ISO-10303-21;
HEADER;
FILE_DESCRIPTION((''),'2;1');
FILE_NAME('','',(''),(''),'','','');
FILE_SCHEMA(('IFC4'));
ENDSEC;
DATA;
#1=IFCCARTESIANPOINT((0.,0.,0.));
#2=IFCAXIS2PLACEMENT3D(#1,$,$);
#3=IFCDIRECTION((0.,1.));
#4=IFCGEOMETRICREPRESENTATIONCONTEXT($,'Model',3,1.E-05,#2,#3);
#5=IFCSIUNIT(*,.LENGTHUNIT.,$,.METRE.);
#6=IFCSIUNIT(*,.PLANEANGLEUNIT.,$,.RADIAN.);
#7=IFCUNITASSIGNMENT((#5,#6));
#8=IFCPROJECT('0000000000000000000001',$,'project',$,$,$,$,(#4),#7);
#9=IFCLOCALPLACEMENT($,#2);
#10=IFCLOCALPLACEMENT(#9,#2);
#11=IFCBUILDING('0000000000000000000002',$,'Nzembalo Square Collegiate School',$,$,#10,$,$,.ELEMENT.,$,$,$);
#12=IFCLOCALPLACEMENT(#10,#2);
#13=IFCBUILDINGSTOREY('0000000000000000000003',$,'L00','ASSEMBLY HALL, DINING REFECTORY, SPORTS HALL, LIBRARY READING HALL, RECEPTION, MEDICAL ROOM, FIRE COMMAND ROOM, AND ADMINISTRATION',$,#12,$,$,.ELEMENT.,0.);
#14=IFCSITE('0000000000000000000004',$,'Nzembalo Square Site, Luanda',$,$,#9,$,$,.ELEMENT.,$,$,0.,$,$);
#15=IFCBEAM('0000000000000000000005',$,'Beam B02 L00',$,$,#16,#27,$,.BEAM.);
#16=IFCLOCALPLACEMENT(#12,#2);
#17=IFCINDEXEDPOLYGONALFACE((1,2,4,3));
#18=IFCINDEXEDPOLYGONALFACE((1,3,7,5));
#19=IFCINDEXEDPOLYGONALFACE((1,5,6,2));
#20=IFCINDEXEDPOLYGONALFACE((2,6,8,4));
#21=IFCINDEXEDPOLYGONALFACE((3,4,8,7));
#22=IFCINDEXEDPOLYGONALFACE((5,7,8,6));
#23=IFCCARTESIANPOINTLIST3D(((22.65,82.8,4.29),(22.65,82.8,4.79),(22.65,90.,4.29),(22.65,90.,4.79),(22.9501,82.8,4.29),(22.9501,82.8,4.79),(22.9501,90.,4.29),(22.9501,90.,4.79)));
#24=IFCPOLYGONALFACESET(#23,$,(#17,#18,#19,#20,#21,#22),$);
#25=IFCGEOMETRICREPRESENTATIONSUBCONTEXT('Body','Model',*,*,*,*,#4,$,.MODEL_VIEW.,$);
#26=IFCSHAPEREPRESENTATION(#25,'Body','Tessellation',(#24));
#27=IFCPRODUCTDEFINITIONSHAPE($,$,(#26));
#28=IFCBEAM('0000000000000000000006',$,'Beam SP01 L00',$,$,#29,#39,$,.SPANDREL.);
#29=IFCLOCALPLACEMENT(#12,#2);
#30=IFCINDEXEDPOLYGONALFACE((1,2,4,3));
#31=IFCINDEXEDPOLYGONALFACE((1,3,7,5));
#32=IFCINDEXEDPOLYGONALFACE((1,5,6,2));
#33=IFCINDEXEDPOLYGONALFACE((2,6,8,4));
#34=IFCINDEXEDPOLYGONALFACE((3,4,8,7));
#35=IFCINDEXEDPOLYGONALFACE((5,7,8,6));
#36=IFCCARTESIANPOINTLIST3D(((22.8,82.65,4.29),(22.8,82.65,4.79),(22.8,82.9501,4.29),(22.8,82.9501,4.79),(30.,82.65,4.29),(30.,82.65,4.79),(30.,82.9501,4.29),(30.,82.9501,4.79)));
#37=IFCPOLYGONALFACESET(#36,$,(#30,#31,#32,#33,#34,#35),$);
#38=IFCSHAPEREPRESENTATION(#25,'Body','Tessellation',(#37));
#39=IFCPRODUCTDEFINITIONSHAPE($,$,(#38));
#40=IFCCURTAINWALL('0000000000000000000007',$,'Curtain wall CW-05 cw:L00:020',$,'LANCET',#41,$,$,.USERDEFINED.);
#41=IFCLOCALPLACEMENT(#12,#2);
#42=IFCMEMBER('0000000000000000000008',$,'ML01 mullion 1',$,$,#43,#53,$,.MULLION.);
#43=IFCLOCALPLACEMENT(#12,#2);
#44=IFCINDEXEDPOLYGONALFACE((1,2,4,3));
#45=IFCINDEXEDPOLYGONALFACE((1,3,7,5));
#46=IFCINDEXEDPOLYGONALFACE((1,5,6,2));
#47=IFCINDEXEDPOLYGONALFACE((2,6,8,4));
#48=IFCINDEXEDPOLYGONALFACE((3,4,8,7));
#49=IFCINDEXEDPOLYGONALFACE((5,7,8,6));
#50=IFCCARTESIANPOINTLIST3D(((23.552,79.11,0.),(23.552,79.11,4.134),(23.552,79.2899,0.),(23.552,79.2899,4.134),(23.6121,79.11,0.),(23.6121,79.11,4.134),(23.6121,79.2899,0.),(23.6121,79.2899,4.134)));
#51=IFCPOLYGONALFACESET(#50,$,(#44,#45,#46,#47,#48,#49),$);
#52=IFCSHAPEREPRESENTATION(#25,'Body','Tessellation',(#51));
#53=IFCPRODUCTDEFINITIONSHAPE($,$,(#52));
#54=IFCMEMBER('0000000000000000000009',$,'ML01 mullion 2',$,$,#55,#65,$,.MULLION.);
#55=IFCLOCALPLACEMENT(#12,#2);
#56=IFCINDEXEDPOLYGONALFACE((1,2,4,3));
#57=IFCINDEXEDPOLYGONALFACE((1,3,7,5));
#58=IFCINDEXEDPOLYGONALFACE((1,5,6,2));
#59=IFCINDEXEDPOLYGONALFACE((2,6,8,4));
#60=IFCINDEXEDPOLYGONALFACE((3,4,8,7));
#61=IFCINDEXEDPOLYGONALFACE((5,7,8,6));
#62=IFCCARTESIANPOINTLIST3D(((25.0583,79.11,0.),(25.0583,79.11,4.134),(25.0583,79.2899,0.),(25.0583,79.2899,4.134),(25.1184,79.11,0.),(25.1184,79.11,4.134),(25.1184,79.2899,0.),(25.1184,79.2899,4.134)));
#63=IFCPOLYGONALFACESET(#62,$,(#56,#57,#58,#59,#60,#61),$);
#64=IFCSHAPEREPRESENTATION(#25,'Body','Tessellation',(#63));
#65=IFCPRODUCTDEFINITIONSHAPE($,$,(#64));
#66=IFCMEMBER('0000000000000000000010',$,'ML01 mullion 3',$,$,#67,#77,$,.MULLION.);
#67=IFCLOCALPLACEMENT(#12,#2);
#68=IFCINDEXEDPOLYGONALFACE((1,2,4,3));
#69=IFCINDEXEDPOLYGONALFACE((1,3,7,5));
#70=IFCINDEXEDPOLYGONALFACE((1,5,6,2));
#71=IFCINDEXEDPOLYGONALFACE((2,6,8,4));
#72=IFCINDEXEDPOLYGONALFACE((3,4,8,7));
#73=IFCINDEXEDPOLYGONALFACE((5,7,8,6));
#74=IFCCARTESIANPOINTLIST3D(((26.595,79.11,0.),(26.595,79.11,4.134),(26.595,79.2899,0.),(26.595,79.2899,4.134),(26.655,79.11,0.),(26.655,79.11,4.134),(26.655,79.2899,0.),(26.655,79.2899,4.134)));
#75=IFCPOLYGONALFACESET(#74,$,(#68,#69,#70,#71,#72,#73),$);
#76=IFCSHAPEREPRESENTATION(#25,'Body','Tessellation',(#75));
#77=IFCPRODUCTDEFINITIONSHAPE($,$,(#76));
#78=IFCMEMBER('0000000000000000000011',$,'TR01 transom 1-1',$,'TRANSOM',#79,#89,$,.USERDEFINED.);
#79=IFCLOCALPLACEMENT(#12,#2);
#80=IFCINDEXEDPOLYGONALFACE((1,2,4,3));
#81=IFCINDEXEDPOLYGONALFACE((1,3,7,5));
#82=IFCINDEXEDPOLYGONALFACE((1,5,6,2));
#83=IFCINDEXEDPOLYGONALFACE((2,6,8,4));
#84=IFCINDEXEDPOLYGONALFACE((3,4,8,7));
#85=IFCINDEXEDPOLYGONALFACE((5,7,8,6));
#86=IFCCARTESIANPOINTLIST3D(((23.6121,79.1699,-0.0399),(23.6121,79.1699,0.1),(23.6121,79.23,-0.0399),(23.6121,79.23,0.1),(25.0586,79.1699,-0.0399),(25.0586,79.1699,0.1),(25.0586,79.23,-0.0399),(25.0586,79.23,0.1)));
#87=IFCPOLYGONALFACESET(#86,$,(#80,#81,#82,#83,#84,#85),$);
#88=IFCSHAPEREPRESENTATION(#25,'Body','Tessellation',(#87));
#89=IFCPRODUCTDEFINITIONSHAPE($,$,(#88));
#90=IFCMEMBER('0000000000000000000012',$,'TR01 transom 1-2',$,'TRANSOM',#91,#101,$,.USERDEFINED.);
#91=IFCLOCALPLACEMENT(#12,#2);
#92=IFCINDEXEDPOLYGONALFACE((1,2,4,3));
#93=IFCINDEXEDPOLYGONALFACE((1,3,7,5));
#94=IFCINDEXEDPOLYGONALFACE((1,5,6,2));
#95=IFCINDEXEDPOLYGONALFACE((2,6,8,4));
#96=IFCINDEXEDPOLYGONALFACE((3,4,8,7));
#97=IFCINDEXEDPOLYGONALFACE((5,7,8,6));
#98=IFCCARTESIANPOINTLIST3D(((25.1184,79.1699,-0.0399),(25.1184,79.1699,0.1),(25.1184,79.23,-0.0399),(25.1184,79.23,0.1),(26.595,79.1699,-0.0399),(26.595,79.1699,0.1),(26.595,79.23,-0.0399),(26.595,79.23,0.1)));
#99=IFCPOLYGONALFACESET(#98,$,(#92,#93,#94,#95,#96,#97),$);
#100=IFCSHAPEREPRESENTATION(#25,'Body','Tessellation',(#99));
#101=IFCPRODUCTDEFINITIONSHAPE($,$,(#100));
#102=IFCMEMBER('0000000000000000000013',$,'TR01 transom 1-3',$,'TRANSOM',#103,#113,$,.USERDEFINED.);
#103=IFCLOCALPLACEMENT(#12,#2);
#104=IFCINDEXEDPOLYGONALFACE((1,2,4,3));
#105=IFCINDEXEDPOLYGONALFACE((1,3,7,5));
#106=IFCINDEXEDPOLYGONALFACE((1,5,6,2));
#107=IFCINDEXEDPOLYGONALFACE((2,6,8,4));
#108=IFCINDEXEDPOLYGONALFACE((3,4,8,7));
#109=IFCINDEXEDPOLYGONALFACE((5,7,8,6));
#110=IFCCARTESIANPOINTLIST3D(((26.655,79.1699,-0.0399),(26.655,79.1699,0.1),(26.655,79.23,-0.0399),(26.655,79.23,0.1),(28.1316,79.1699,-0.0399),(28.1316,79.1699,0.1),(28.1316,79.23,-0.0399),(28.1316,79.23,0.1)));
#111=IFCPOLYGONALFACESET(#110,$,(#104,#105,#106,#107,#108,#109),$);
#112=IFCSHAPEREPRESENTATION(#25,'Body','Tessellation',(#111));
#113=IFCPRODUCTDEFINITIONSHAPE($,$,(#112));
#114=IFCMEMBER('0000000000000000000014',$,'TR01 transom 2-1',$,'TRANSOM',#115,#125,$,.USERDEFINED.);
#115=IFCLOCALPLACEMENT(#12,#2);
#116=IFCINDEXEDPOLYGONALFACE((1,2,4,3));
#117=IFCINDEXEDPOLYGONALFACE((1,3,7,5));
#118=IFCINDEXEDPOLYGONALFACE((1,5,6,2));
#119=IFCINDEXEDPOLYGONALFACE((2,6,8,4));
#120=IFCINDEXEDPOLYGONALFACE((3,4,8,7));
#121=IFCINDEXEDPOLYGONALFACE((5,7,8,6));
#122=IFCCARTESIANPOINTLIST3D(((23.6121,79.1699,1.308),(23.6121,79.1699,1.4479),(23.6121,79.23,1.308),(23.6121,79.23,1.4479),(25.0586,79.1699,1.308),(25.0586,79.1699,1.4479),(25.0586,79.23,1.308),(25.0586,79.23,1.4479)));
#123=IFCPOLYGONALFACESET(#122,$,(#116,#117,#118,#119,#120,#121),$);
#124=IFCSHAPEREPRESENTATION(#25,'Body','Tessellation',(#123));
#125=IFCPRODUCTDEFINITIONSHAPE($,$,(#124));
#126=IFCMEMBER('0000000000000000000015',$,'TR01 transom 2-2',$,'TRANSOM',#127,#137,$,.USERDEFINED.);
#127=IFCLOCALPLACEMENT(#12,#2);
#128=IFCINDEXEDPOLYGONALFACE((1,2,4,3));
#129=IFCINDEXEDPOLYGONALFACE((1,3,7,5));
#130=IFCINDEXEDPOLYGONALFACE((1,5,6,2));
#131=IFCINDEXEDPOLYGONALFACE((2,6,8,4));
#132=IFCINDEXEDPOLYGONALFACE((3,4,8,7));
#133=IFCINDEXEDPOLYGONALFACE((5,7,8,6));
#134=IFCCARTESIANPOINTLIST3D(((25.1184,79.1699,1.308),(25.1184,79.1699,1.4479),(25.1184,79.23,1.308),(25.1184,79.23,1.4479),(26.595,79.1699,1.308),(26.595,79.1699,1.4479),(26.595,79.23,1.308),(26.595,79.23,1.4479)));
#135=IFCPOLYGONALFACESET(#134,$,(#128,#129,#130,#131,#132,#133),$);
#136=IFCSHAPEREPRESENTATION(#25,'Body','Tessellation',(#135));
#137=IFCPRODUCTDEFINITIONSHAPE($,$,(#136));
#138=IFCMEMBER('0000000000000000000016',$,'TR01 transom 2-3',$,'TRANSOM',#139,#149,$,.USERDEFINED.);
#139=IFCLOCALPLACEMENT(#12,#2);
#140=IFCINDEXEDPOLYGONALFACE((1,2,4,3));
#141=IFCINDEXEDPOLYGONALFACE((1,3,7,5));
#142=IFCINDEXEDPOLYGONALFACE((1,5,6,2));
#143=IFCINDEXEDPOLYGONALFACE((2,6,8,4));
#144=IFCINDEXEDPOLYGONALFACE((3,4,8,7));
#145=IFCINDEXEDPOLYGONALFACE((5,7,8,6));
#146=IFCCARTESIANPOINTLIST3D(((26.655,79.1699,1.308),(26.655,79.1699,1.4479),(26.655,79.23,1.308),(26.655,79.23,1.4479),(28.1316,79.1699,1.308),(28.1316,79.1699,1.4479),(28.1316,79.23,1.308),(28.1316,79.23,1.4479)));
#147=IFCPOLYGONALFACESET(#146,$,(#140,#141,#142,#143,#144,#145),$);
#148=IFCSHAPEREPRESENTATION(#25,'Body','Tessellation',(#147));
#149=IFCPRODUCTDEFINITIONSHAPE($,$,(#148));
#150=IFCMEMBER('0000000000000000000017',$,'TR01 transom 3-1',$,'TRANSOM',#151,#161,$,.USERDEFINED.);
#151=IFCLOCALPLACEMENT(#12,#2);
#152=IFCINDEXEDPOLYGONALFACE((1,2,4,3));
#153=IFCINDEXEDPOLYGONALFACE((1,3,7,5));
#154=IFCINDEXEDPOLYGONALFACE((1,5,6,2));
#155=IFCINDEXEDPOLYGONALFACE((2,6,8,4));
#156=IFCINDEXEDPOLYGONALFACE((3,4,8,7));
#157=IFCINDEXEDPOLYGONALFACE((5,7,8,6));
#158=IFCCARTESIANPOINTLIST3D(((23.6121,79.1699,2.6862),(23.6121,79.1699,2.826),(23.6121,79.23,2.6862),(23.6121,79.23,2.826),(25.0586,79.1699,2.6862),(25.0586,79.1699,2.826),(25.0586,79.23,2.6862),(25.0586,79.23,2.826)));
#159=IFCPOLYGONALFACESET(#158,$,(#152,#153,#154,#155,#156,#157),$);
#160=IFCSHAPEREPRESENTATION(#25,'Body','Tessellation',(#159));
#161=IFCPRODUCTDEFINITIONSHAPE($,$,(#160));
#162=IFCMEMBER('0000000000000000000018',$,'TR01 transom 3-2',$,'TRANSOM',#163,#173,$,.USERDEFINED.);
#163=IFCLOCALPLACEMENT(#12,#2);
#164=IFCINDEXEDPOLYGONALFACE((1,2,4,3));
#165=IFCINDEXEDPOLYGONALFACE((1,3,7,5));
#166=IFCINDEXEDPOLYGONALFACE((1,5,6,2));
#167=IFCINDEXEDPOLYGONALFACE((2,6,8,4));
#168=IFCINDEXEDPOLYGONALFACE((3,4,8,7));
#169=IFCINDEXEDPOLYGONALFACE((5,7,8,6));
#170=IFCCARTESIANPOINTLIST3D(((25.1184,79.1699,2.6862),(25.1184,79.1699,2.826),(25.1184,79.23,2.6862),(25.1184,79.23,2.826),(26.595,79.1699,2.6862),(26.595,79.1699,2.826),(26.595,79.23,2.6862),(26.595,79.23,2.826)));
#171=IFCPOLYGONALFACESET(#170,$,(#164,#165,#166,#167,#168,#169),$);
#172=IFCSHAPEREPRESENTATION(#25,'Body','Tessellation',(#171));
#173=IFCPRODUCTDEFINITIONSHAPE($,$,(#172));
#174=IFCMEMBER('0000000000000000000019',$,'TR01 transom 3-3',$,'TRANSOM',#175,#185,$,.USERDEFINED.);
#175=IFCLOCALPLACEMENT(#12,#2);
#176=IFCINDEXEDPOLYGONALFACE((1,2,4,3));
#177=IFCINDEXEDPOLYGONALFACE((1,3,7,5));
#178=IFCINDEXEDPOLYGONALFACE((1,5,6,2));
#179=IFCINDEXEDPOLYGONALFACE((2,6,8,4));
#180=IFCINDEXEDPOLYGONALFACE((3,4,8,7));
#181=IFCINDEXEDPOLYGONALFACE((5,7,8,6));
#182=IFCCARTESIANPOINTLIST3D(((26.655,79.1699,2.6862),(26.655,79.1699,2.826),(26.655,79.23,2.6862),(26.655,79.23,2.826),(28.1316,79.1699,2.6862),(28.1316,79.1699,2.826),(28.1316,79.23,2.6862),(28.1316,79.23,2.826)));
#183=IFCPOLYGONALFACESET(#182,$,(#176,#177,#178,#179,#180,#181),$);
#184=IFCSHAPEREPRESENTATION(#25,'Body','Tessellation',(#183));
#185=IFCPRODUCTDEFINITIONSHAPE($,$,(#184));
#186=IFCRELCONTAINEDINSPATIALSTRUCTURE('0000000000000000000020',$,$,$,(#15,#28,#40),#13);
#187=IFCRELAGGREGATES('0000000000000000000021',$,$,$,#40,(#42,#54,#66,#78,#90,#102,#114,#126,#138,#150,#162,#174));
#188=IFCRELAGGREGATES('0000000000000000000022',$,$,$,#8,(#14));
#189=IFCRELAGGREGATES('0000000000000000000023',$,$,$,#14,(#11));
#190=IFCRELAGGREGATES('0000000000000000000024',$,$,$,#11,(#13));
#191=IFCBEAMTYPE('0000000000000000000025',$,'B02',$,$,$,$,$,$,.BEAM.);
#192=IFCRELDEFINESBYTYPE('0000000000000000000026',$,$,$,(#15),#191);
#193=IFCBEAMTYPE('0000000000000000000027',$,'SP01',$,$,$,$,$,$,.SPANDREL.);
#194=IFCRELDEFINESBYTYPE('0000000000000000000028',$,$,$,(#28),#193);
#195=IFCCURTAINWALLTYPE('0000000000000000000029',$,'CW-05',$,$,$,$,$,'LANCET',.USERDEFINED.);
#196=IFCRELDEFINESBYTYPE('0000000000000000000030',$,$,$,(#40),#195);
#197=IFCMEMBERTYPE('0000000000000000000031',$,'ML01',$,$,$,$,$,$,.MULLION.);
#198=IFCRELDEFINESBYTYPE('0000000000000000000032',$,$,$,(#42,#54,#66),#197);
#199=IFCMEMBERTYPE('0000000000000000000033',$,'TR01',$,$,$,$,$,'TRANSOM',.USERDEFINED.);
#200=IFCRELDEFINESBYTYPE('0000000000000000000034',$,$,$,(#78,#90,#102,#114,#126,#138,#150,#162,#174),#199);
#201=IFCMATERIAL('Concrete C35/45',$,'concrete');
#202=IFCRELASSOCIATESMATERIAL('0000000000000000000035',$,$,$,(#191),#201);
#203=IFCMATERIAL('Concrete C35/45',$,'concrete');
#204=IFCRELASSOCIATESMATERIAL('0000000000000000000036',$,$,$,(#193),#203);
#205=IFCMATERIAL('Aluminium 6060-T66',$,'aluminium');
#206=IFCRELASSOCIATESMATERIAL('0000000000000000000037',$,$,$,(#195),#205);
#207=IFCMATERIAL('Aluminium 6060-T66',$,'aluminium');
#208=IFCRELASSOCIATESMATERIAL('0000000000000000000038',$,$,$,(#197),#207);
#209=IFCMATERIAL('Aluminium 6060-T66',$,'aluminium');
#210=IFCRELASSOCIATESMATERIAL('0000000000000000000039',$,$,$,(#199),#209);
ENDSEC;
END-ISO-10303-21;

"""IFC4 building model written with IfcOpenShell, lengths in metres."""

from ifc_helpers import new_model, si_unit, direction, frame, origin, origin_2d, place, context, subcontext, project, spatial, rectangle, extrude, material, material_profile, profile_set, type_object, element, aggregate, save


model = new_model("IFC4")

# Units and contexts
model_context = context("Model", 3, precision=1e-05, world=origin(), true_north=direction((0.0, 1.0)))
body_context = subcontext(model_context, "Body", "Model", "MODEL_VIEW")
ifc_project = project(units=[si_unit("LENGTHUNIT", "METRE"), si_unit("PLANEANGLEUNIT", "RADIAN")], contexts=[model_context])

# Site, building, storey
site_placement = place(None, origin())
site = spatial("IfcSite", under=ifc_project, at=site_placement, Name="Nzembalo Square Site, Luanda", CompositionType="ELEMENT", RefElevation=0.0)
building_placement = place(site_placement, origin())
building = spatial("IfcBuilding", under=site, at=building_placement, Name="Nzembalo Square Collegiate School", CompositionType="ELEMENT")
storey_placement = place(building_placement, origin())
storey = spatial("IfcBuildingStorey", under=building, at=storey_placement, Name="L00", Description="ASSEMBLY HALL, DINING REFECTORY, SPORTS HALL, LIBRARY READING HALL, RECEPTION, MEDICAL ROOM, FIRE COMMAND ROOM, AND ADMINISTRATION", CompositionType="ELEMENT", Elevation=0.0)

# Beams
ifc_material_1 = material(Name="Concrete C35/45", Category="concrete")
ifc_material_profile_1 = material_profile(ifc_material_1, rectangle(XDim=0.3, YDim=0.5, at=origin_2d()), Name="RC 300x500")
ifc_profile_set_1 = profile_set([ifc_material_profile_1], Name="Concrete C35/45")
beam_type_1 = type_object("IfcBeamType", Name="B02", PredefinedType="BEAM", material=ifc_profile_set_1)
beam_1_placement = place(storey_placement, frame((22.8, 82.8, 4.54), z_axis=(0.0, 1.0, 0.0), x_axis=(-1.0, 0.0, 0.0)))
element("IfcBeam", 1, at=beam_1_placement, inside=storey, type_object=beam_type_1, Name="Beam B02 L00", PredefinedType="BEAM", context=body_context, shape_type="SweptSolid", body=[
    extrude(rectangle(XDim=0.3, YDim=0.5, at=origin_2d()), origin(), (0.0, 0.0, 1.0), 7.2),
])
ifc_material_2 = material(Name="Concrete C35/45", Category="concrete")
ifc_material_profile_2 = material_profile(ifc_material_2, rectangle(XDim=0.3, YDim=0.5, at=origin_2d()), Name="RC 300x500")
ifc_profile_set_2 = profile_set([ifc_material_profile_2], Name="Concrete C35/45")
beam_type_2 = type_object("IfcBeamType", Name="SP01", PredefinedType="SPANDREL", material=ifc_profile_set_2)
beam_2_placement = place(storey_placement, frame((22.8, 82.8, 4.54), z_axis=(1.0, 0.0, 0.0), x_axis=(0.0, 1.0, 0.0)))
element("IfcBeam", 2, at=beam_2_placement, inside=storey, type_object=beam_type_2, Name="Beam SP01 L00", PredefinedType="SPANDREL", context=body_context, shape_type="SweptSolid", body=[
    extrude(rectangle(XDim=0.3, YDim=0.5, at=origin_2d()), origin(), (0.0, 0.0, 1.0), 7.2),
])

# Curtain wall, members
ifc_material_3 = material(Name="Aluminium 6060-T66", Category="aluminium")
curtain_wall_type = type_object("IfcCurtainWallType", Name="CW-05", ElementType="LANCET", PredefinedType="USERDEFINED", material=ifc_material_3)
curtain_wall_placement = place(storey_placement, origin())
curtain_wall = element("IfcCurtainWall", 3, at=curtain_wall_placement, inside=storey, type_object=curtain_wall_type, Name="Curtain wall CW-05 cw:L00:020", ObjectType="LANCET", PredefinedType="USERDEFINED")
ifc_material_4 = material(Name="Aluminium 6060-T66", Category="aluminium")
ifc_material_profile_3 = material_profile(ifc_material_4, rectangle(XDim=0.0601, YDim=0.1799, at=origin_2d()), Name="ALU M60x180")
ifc_profile_set_3 = profile_set([ifc_material_profile_3], Name="Aluminium 6060-T66")
member_type_1 = type_object("IfcMemberType", Name="ML01", PredefinedType="MULLION", material=ifc_profile_set_3)
member_1_placement = place(storey_placement, frame((23.582, 79.2, 0.0), z_axis=(0.0, 0.0, 1.0), x_axis=(1.0, 0.0, 0.0)))
member_1 = element("IfcMember", 4, at=member_1_placement, type_object=member_type_1, Name="ML01 mullion 1", PredefinedType="MULLION", context=body_context, shape_type="SweptSolid", body=[
    extrude(rectangle(XDim=0.0601, YDim=0.1799, at=origin_2d()), origin(), (0.0, 0.0, 1.0), 4.134),
])
member_2_placement = place(storey_placement, frame((25.0884, 79.2, 0.0), z_axis=(0.0, 0.0, 1.0), x_axis=(1.0, 0.0, 0.0)))
member_2 = element("IfcMember", 5, at=member_2_placement, type_object=member_type_1, Name="ML01 mullion 2", PredefinedType="MULLION", context=body_context, shape_type="SweptSolid", body=[
    extrude(rectangle(XDim=0.0601, YDim=0.1799, at=origin_2d()), origin(), (0.0, 0.0, 1.0), 4.134),
])
member_3_placement = place(storey_placement, frame((26.625, 79.2, 0.0), z_axis=(0.0, 0.0, 1.0), x_axis=(1.0, 0.0, 0.0)))
member_3 = element("IfcMember", 6, at=member_3_placement, type_object=member_type_1, Name="ML01 mullion 3", PredefinedType="MULLION", context=body_context, shape_type="SweptSolid", body=[
    extrude(rectangle(XDim=0.0601, YDim=0.1799, at=origin_2d()), origin(), (0.0, 0.0, 1.0), 4.134),
])
ifc_material_5 = material(Name="Aluminium 6060-T66", Category="aluminium")
ifc_material_profile_4 = material_profile(ifc_material_5, rectangle(XDim=0.0601, YDim=0.1399, at=origin_2d()), Name="ALU T60x140")
ifc_profile_set_4 = profile_set([ifc_material_profile_4], Name="Aluminium 6060-T66")
member_type_2 = type_object("IfcMemberType", Name="TR01", ElementType="TRANSOM", PredefinedType="USERDEFINED", material=ifc_profile_set_4)
member_4_placement = place(storey_placement, frame((23.6121, 79.2, 0.03), z_axis=(1.0, 0.0, 0.0), x_axis=(0.0, 1.0, 0.0)))
member_4 = element("IfcMember", 7, at=member_4_placement, type_object=member_type_2, Name="TR01 transom 1-1", ObjectType="TRANSOM", PredefinedType="USERDEFINED", context=body_context, shape_type="SweptSolid", body=[
    extrude(rectangle(XDim=0.0601, YDim=0.1399, at=origin_2d()), origin(), (0.0, 0.0, 1.0), 1.4465),
])
member_5_placement = place(storey_placement, frame((25.1184, 79.2, 0.03), z_axis=(1.0, 0.0, 0.0), x_axis=(0.0, 1.0, 0.0)))
member_5 = element("IfcMember", 8, at=member_5_placement, type_object=member_type_2, Name="TR01 transom 1-2", ObjectType="TRANSOM", PredefinedType="USERDEFINED", context=body_context, shape_type="SweptSolid", body=[
    extrude(rectangle(XDim=0.0601, YDim=0.1399, at=origin_2d()), origin(), (0.0, 0.0, 1.0), 1.4766),
])
member_6_placement = place(storey_placement, frame((26.655, 79.2, 0.03), z_axis=(1.0, 0.0, 0.0), x_axis=(0.0, 1.0, 0.0)))
member_6 = element("IfcMember", 9, at=member_6_placement, type_object=member_type_2, Name="TR01 transom 1-3", ObjectType="TRANSOM", PredefinedType="USERDEFINED", context=body_context, shape_type="SweptSolid", body=[
    extrude(rectangle(XDim=0.0601, YDim=0.1399, at=origin_2d()), origin(), (0.0, 0.0, 1.0), 1.4766),
])
member_7_placement = place(storey_placement, frame((23.6121, 79.2, 1.3779), z_axis=(1.0, 0.0, 0.0), x_axis=(0.0, 1.0, 0.0)))
member_7 = element("IfcMember", 10, at=member_7_placement, type_object=member_type_2, Name="TR01 transom 2-1", ObjectType="TRANSOM", PredefinedType="USERDEFINED", context=body_context, shape_type="SweptSolid", body=[
    extrude(rectangle(XDim=0.0601, YDim=0.1399, at=origin_2d()), origin(), (0.0, 0.0, 1.0), 1.4465),
])
member_8_placement = place(storey_placement, frame((25.1184, 79.2, 1.3779), z_axis=(1.0, 0.0, 0.0), x_axis=(0.0, 1.0, 0.0)))
member_8 = element("IfcMember", 11, at=member_8_placement, type_object=member_type_2, Name="TR01 transom 2-2", ObjectType="TRANSOM", PredefinedType="USERDEFINED", context=body_context, shape_type="SweptSolid", body=[
    extrude(rectangle(XDim=0.0601, YDim=0.1399, at=origin_2d()), origin(), (0.0, 0.0, 1.0), 1.4766),
])
member_9_placement = place(storey_placement, frame((26.655, 79.2, 1.3779), z_axis=(1.0, 0.0, 0.0), x_axis=(0.0, 1.0, 0.0)))
member_9 = element("IfcMember", 12, at=member_9_placement, type_object=member_type_2, Name="TR01 transom 2-3", ObjectType="TRANSOM", PredefinedType="USERDEFINED", context=body_context, shape_type="SweptSolid", body=[
    extrude(rectangle(XDim=0.0601, YDim=0.1399, at=origin_2d()), origin(), (0.0, 0.0, 1.0), 1.4766),
])
member_10_placement = place(storey_placement, frame((23.6121, 79.2, 2.7561), z_axis=(1.0, 0.0, 0.0), x_axis=(0.0, 1.0, 0.0)))
member_10 = element("IfcMember", 13, at=member_10_placement, type_object=member_type_2, Name="TR01 transom 3-1", ObjectType="TRANSOM", PredefinedType="USERDEFINED", context=body_context, shape_type="SweptSolid", body=[
    extrude(rectangle(XDim=0.0601, YDim=0.1399, at=origin_2d()), origin(), (0.0, 0.0, 1.0), 1.4465),
])
member_11_placement = place(storey_placement, frame((25.1184, 79.2, 2.7561), z_axis=(1.0, 0.0, 0.0), x_axis=(0.0, 1.0, 0.0)))
member_11 = element("IfcMember", 14, at=member_11_placement, type_object=member_type_2, Name="TR01 transom 3-2", ObjectType="TRANSOM", PredefinedType="USERDEFINED", context=body_context, shape_type="SweptSolid", body=[
    extrude(rectangle(XDim=0.0601, YDim=0.1399, at=origin_2d()), origin(), (0.0, 0.0, 1.0), 1.4766),
])
member_12_placement = place(storey_placement, frame((26.655, 79.2, 2.7561), z_axis=(1.0, 0.0, 0.0), x_axis=(0.0, 1.0, 0.0)))
member_12 = element("IfcMember", 15, at=member_12_placement, type_object=member_type_2, Name="TR01 transom 3-3", ObjectType="TRANSOM", PredefinedType="USERDEFINED", context=body_context, shape_type="SweptSolid", body=[
    extrude(rectangle(XDim=0.0601, YDim=0.1399, at=origin_2d()), origin(), (0.0, 0.0, 1.0), 1.4766),
])
aggregate(curtain_wall, [member_1, member_2, member_3, member_4, member_5, member_6, member_7, member_8, member_9, member_10, member_11, member_12])

save(model, "model.ifc")
